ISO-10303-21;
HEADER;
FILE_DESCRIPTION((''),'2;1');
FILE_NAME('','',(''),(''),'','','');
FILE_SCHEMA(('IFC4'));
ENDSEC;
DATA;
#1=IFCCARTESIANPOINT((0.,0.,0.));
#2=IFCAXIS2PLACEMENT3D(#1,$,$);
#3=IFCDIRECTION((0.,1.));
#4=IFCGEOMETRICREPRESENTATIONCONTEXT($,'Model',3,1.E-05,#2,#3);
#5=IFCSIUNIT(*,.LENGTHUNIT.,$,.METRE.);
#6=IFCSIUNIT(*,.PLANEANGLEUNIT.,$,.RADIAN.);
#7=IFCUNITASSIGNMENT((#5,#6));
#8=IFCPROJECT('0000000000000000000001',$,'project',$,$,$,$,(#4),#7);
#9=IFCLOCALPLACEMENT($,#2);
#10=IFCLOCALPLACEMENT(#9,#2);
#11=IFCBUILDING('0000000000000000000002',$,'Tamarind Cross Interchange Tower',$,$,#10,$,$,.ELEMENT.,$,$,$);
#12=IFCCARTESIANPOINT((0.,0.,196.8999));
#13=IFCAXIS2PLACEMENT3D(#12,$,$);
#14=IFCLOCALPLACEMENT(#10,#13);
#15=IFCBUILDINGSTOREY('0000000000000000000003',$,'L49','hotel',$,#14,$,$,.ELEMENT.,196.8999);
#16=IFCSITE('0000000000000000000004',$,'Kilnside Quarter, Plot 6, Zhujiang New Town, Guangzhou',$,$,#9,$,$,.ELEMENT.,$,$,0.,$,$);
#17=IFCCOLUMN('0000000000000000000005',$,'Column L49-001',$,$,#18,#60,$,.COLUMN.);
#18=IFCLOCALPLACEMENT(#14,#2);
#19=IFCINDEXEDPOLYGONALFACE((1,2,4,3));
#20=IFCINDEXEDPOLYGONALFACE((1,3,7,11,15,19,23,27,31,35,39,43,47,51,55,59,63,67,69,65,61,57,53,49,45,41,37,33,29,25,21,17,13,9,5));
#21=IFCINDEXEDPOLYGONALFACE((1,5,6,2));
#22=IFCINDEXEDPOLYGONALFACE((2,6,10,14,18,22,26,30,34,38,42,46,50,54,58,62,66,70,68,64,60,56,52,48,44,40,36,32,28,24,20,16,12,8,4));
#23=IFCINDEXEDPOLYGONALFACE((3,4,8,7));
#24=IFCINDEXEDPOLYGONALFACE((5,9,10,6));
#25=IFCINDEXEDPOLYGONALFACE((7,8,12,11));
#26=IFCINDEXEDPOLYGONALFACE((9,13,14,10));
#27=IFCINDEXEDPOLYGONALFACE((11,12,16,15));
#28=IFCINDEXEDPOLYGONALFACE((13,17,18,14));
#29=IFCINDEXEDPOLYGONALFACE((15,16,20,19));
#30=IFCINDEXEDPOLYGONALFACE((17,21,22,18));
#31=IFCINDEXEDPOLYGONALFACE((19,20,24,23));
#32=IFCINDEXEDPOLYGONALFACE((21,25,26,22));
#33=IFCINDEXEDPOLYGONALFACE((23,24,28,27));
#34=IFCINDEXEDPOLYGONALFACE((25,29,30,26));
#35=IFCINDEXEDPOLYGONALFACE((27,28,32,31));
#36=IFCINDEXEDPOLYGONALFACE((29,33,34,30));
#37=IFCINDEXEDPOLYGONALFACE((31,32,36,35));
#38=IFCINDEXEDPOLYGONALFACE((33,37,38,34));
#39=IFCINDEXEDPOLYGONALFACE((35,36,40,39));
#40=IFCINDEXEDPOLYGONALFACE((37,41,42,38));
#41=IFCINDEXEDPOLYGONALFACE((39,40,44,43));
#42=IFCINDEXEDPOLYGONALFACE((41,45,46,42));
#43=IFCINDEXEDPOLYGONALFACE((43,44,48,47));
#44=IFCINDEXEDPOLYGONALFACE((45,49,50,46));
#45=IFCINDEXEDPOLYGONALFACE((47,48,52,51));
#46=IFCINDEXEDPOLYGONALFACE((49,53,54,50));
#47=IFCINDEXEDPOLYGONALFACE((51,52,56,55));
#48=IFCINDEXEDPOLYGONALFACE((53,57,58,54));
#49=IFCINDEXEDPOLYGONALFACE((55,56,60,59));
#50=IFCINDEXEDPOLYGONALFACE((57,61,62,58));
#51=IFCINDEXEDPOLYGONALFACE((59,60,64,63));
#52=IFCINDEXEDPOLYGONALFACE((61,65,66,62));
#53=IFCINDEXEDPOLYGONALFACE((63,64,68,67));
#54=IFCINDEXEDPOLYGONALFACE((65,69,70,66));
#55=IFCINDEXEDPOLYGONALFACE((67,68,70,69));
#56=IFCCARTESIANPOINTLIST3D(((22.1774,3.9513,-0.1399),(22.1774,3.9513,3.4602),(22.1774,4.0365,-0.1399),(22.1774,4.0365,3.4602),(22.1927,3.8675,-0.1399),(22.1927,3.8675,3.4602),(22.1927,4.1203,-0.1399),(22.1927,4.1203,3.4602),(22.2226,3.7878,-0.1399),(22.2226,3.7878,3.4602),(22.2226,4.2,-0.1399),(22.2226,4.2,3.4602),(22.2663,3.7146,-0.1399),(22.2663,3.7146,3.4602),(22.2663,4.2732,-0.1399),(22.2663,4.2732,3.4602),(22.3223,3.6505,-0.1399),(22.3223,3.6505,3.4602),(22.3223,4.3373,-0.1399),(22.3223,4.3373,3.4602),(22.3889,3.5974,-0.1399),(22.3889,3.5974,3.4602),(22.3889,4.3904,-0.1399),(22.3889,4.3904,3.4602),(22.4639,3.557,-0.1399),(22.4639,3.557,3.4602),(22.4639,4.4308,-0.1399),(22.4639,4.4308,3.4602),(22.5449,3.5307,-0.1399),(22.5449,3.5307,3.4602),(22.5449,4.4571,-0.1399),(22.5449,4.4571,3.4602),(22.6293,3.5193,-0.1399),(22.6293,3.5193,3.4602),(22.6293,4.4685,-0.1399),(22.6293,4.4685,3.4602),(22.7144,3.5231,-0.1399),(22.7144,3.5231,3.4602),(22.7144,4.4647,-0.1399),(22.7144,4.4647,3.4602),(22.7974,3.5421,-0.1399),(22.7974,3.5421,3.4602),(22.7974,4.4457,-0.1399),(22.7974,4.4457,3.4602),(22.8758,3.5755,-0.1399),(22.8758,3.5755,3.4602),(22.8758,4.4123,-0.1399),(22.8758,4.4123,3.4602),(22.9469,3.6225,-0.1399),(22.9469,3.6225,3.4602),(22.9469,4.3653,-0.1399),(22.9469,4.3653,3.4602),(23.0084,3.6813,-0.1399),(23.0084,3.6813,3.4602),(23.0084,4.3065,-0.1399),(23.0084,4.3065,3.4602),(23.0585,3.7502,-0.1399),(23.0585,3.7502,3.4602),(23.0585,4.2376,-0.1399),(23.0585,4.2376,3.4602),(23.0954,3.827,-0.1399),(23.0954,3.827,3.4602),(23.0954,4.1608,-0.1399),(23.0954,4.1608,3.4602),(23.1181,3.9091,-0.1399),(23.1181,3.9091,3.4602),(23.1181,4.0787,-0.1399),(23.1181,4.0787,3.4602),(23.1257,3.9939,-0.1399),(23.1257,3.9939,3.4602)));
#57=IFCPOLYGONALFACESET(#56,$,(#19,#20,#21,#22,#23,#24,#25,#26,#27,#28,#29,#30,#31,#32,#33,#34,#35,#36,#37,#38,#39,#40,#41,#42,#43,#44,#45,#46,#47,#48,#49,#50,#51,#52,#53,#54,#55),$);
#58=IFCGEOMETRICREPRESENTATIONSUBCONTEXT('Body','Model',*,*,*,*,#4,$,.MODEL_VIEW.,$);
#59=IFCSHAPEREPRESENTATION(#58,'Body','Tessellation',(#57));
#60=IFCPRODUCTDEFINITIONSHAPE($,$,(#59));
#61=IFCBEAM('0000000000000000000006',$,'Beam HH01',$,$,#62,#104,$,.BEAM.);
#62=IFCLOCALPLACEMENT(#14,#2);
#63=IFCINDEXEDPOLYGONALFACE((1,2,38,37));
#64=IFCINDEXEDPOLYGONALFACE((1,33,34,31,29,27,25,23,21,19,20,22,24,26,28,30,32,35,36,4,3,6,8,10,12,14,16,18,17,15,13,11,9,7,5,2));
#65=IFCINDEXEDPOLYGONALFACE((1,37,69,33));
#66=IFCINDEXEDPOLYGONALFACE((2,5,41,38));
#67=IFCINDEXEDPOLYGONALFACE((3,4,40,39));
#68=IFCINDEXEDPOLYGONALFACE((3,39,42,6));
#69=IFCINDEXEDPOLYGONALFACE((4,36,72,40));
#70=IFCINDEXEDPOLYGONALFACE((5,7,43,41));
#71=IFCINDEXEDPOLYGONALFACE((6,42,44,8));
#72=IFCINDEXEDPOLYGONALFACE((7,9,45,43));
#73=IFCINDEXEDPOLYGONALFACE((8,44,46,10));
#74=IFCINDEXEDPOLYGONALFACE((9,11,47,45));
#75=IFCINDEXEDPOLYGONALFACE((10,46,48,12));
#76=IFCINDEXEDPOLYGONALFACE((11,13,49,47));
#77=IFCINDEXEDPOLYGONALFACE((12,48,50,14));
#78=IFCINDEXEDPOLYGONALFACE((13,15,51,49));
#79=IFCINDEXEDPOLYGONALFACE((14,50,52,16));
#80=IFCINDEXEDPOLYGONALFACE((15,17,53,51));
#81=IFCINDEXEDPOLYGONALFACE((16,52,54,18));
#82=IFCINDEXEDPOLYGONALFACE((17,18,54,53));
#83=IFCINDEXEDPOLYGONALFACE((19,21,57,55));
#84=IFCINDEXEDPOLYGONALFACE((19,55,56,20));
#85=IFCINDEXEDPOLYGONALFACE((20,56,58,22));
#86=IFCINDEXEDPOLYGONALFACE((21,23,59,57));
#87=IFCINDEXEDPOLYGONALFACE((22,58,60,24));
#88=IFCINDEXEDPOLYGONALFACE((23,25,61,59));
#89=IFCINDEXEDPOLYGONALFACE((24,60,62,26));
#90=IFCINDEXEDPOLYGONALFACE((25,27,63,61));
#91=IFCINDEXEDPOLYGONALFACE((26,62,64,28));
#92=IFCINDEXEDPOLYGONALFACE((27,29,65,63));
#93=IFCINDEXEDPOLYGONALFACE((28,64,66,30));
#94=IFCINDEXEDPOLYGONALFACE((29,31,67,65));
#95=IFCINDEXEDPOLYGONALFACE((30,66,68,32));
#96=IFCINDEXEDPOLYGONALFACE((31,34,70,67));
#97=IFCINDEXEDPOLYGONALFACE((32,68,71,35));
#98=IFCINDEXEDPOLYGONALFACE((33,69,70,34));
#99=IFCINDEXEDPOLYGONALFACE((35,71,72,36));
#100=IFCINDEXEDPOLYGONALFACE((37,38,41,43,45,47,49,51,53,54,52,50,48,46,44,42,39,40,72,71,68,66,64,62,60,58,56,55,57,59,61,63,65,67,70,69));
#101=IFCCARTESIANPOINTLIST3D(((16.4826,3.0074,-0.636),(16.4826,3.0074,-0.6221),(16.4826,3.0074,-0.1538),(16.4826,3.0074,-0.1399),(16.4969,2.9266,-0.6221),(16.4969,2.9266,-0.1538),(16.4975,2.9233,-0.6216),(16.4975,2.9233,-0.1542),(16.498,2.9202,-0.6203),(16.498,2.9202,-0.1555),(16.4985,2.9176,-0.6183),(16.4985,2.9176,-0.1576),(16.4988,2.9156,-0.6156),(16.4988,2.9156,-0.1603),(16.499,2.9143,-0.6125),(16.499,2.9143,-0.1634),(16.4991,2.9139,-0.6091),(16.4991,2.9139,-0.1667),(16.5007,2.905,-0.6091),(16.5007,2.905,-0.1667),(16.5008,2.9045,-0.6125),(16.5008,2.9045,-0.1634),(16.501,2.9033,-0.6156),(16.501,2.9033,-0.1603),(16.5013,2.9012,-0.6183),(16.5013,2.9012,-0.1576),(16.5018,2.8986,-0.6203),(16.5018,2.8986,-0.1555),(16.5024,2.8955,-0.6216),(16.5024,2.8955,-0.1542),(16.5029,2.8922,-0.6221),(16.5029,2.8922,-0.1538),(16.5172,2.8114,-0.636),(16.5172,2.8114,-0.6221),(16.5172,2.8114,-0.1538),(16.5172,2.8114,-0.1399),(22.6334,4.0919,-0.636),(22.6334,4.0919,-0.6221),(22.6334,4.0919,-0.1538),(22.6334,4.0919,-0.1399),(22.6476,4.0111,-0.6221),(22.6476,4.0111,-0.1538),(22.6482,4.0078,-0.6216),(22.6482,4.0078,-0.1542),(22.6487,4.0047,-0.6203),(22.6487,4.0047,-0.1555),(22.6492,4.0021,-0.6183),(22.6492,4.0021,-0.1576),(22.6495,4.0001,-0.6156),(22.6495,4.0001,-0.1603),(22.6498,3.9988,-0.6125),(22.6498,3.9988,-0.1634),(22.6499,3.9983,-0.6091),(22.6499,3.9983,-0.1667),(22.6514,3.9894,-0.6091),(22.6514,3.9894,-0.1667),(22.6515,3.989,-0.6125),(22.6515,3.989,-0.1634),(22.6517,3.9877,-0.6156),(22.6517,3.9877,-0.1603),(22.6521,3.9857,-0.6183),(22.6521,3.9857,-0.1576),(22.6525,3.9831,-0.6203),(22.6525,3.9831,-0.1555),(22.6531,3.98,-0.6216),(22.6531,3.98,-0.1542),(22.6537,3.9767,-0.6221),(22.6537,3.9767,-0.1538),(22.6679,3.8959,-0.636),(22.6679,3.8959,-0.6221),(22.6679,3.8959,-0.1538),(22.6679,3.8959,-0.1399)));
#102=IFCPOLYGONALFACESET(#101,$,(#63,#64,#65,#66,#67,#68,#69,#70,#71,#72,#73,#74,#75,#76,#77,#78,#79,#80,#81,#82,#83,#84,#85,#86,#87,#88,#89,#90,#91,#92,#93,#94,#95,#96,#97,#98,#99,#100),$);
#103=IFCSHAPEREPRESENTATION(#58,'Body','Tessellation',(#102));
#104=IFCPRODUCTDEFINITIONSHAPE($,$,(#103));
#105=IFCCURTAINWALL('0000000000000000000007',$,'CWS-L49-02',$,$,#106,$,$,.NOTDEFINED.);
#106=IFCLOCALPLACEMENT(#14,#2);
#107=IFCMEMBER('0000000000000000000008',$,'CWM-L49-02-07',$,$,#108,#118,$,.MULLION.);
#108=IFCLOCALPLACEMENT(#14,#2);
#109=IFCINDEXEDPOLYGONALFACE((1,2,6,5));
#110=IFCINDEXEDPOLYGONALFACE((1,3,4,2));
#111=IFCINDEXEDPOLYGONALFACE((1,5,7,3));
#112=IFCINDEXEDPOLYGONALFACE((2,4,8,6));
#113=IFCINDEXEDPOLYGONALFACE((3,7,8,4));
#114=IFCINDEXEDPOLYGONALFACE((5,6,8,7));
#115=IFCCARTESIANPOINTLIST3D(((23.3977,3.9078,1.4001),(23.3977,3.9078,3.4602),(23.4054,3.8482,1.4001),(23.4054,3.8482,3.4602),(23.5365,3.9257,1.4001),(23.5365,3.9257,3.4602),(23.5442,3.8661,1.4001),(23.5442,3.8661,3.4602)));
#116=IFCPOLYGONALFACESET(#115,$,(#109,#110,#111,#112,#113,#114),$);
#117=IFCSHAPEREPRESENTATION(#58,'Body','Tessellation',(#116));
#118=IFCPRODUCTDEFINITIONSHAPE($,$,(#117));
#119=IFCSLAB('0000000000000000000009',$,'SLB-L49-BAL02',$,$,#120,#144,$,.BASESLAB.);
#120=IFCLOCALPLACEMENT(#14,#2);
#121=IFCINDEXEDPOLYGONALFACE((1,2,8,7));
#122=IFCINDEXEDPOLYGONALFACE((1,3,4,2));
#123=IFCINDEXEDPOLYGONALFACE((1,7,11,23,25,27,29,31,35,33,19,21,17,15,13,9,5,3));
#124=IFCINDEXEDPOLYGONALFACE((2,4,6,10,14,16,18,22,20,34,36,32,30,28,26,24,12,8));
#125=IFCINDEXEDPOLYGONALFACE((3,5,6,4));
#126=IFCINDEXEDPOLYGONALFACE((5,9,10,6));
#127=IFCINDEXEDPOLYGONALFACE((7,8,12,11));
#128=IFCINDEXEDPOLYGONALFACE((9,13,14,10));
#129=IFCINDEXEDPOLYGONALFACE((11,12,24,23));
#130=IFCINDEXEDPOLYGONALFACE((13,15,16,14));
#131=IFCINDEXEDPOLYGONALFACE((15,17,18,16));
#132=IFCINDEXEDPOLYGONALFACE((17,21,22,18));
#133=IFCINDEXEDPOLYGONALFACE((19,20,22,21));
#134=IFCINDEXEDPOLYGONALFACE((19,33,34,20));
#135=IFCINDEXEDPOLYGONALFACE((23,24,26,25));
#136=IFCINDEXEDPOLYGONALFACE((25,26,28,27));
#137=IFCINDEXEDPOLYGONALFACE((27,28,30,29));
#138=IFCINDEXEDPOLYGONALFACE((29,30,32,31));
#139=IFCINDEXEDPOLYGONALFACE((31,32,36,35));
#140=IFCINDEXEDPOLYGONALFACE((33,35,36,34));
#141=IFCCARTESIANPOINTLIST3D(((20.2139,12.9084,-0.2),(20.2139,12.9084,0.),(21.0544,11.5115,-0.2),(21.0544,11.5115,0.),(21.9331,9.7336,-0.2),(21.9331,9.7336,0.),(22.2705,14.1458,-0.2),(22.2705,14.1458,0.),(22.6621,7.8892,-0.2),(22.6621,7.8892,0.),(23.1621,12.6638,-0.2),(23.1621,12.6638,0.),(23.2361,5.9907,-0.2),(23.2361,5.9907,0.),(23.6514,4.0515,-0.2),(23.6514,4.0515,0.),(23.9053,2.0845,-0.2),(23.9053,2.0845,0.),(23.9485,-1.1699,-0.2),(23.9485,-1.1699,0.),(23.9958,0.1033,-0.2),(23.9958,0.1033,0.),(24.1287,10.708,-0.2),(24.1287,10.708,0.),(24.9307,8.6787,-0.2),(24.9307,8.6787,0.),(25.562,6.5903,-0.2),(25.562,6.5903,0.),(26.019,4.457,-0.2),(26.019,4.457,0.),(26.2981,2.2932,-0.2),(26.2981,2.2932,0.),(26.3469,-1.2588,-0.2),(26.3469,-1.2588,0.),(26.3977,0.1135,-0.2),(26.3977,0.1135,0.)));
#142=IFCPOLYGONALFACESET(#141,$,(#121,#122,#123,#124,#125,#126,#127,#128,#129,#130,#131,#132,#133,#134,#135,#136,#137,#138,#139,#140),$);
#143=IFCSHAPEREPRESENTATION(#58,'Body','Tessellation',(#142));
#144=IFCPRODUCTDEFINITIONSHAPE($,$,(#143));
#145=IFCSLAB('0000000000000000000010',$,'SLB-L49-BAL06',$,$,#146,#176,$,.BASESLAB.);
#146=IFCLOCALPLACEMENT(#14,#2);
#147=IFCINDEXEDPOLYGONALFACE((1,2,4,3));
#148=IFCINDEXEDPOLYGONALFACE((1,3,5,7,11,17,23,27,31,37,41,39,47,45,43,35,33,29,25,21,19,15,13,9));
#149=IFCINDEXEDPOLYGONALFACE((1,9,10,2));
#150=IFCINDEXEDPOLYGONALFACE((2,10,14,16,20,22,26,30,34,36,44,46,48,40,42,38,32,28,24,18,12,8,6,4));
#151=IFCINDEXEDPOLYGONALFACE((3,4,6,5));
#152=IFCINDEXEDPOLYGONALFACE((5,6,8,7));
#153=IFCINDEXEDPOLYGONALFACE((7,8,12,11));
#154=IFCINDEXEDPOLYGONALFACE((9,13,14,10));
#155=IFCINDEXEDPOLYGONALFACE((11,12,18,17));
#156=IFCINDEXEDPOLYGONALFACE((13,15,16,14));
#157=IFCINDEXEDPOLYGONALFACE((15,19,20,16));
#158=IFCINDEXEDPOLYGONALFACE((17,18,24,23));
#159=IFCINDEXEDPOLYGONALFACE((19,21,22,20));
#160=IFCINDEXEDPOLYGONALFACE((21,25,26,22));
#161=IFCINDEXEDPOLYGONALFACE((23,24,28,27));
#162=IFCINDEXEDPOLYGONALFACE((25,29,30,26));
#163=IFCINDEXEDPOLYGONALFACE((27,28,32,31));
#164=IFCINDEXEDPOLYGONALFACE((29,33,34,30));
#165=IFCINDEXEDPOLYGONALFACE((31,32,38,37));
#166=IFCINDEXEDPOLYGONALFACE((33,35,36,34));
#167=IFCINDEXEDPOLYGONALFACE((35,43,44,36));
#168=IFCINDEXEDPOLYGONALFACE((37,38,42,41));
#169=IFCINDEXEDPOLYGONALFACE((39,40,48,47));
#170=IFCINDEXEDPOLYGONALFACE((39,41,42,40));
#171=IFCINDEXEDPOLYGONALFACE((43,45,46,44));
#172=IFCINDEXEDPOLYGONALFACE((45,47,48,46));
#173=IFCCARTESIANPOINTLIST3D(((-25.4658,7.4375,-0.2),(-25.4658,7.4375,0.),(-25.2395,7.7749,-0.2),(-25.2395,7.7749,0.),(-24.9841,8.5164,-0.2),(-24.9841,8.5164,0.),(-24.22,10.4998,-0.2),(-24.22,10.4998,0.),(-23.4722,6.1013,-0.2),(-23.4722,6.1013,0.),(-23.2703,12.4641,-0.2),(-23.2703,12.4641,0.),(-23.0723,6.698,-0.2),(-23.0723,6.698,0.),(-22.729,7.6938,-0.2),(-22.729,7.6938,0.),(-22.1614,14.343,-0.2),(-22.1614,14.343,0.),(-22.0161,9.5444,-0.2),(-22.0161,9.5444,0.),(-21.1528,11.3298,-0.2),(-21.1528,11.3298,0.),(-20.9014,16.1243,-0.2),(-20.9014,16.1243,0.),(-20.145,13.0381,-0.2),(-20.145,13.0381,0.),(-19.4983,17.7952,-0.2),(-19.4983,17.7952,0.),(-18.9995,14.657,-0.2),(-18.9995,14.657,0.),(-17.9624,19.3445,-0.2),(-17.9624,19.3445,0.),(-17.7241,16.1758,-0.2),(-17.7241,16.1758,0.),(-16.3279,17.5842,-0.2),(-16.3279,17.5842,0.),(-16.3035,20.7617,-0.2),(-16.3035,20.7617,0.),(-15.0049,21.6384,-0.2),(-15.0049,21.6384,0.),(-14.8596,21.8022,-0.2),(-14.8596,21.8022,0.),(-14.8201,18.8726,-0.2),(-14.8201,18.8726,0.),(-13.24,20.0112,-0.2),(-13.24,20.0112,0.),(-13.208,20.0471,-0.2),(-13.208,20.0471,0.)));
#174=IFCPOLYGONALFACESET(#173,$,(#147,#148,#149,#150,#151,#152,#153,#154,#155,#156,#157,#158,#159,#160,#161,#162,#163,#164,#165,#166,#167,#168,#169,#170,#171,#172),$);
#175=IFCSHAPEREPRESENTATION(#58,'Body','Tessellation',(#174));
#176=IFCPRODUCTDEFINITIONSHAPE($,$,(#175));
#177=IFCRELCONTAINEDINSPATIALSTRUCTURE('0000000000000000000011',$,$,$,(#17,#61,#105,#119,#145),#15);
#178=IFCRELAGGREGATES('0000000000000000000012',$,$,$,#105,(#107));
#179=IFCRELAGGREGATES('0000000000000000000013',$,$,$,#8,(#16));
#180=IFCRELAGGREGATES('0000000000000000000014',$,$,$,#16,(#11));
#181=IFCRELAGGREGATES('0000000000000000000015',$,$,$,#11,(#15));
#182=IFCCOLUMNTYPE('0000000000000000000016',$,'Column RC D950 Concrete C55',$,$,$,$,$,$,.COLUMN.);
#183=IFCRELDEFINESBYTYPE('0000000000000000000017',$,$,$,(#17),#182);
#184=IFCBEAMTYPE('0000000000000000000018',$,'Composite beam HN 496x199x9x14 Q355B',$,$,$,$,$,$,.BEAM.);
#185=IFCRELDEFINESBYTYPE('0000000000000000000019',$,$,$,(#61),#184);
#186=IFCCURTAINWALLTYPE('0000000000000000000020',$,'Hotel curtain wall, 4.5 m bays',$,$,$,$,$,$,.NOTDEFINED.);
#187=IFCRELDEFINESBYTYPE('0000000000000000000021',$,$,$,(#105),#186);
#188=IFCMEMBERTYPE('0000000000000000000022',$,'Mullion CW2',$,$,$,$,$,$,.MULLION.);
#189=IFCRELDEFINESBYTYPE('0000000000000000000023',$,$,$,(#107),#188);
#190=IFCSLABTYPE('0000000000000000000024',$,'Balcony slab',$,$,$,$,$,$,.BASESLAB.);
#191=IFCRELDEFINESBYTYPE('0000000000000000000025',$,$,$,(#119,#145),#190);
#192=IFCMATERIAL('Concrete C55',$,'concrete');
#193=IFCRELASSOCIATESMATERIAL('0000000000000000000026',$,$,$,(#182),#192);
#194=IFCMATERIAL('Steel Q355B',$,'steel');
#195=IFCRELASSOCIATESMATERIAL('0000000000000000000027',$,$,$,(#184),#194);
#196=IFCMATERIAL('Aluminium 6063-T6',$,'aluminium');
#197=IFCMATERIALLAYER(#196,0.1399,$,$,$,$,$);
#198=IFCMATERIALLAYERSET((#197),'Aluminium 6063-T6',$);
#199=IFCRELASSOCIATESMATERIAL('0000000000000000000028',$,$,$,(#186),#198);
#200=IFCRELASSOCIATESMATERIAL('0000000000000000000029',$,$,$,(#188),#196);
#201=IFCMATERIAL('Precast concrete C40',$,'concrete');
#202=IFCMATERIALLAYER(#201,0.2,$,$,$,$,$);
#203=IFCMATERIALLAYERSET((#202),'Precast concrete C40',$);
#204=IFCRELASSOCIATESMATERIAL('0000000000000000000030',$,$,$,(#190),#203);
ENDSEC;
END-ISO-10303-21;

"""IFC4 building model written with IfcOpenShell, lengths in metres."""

from ifc_helpers import new_model, si_unit, direction, frame, origin, origin_2d, place, context, subcontext, project, spatial, polyline, rectangle, circle, i_section, outline, extrude, material, layer, layer_set, material_profile, profile_set, type_object, element, aggregate, save


model = new_model("IFC4")

# Units and contexts
model_context = context("Model", 3, precision=1e-05, world=origin(), true_north=direction((0.0, 1.0)))
body_context = subcontext(model_context, "Body", "Model", "MODEL_VIEW")
ifc_project = project(units=[si_unit("LENGTHUNIT", "METRE"), si_unit("PLANEANGLEUNIT", "RADIAN")], contexts=[model_context])

# Site, building, storey
site_placement = place(None, origin())
site = spatial("IfcSite", under=ifc_project, at=site_placement, Name="Kilnside Quarter, Plot 6, Zhujiang New Town, Guangzhou", CompositionType="ELEMENT", RefElevation=0.0)
building_placement = place(site_placement, origin())
building = spatial("IfcBuilding", under=site, at=building_placement, Name="Tamarind Cross Interchange Tower", CompositionType="ELEMENT")
storey_placement = place(building_placement, frame((0.0, 0.0, 196.8999)))
storey = spatial("IfcBuildingStorey", under=building, at=storey_placement, Name="L49", Description="hotel", CompositionType="ELEMENT", Elevation=196.8999)

# Column
ifc_material_1 = material(Name="Concrete C55", Category="concrete")
ifc_material_profile_1 = material_profile(ifc_material_1, circle(Radius=0.4751, at=origin_2d()), Name="RC D950")
ifc_profile_set_1 = profile_set([ifc_material_profile_1], Name="Concrete C55")
column_type = type_object("IfcColumnType", Name="Column RC D950 Concrete C55", PredefinedType="COLUMN", material=ifc_profile_set_1)
column_placement = place(storey_placement, frame((22.6506, 3.9939, -0.1399), z_axis=(0.0, 0.0, 1.0), x_axis=(1.0, 0.0, 0.0)))
element("IfcColumn", 1, at=column_placement, inside=storey, type_object=column_type, Name="Column L49-001", PredefinedType="COLUMN", context=body_context, shape_type="SweptSolid", body=[
    extrude(circle(Radius=0.4751, at=origin_2d()), origin(), (0.0, 0.0, 1.0), 3.6001),
])

# Beam
ifc_material_2 = material(Name="Steel Q355B", Category="steel")
ifc_material_profile_2 = material_profile(ifc_material_2, i_section(OverallWidth=0.199, OverallDepth=0.4961, WebThickness=0.009, FlangeThickness=0.0139, FilletRadius=0.0129, at=origin_2d()), Name="HN 496x199x9x14")
ifc_profile_set_2 = profile_set([ifc_material_profile_2], Name="Steel Q355B")
beam_type = type_object("IfcBeamType", Name="Composite beam HN 496x199x9x14 Q355B", PredefinedType="BEAM", material=ifc_profile_set_2)
beam_placement = place(storey_placement, frame((22.6506, 3.9939, -0.3879), z_axis=(-0.984809, -0.17364, 0.0), x_axis=(0.17364, -0.984809, 0.0)))
element("IfcBeam", 2, at=beam_placement, inside=storey, type_object=beam_type, Name="Beam HH01", PredefinedType="BEAM", context=body_context, shape_type="SweptSolid", body=[
    extrude(i_section(OverallWidth=0.199, OverallDepth=0.4961, WebThickness=0.009, FlangeThickness=0.0139, FilletRadius=0.0129, at=origin_2d()), origin(), (0.0, 0.0, 1.0), 6.2456),
])

# Curtain wall, member
ifc_material_3 = material(Name="Aluminium 6063-T6", Category="aluminium")
ifc_layer_1 = layer(ifc_material_3, 0.1399)
ifc_layer_set_1 = layer_set([ifc_layer_1], Name="Aluminium 6063-T6")
curtain_wall_type = type_object("IfcCurtainWallType", Name="Hotel curtain wall, 4.5 m bays", PredefinedType="NOTDEFINED", material=ifc_layer_set_1)
curtain_wall_placement = place(storey_placement, origin())
curtain_wall = element("IfcCurtainWall", 3, at=curtain_wall_placement, inside=storey, type_object=curtain_wall_type, Name="CWS-L49-02", PredefinedType="NOTDEFINED")
ifc_material_profile_3 = material_profile(ifc_material_3, rectangle(XDim=0.0601, YDim=0.1399, at=origin_2d()), Name="Mullion CW2")
ifc_profile_set_3 = profile_set([ifc_material_profile_3], Name="Aluminium 6063-T6")
member_type = type_object("IfcMemberType", Name="Mullion CW2", PredefinedType="MULLION", material=ifc_profile_set_3)
member_placement = place(storey_placement, frame((23.4709, 3.887, 1.4001), z_axis=(0.0, 0.0, 1.0), x_axis=(-0.127962, 0.991779, 0.0)))
member = element("IfcMember", 4, at=member_placement, type_object=member_type, Name="CWM-L49-02-07", PredefinedType="MULLION", context=body_context, shape_type="SweptSolid", body=[
    extrude(rectangle(XDim=0.0601, YDim=0.1399, at=origin_2d()), origin(), (0.0, 0.0, 1.0), 2.0601),
])
aggregate(curtain_wall, [member])

# Slabs
ifc_material_4 = material(Name="Precast concrete C40", Category="concrete")
ifc_layer_2 = layer(ifc_material_4, 0.2)
ifc_layer_set_2 = layer_set([ifc_layer_2], Name="Precast concrete C40")
slab_type_1 = type_object("IfcSlabType", Name="Balcony slab", PredefinedType="BASESLAB", material=ifc_layer_set_2)
slab_1_placement = place(storey_placement, frame((0.0, 0.0, -0.2)))
element("IfcSlab", 5, at=slab_1_placement, inside=storey, type_object=slab_type_1, Name="SLB-L49-BAL02", PredefinedType="BASESLAB", context=body_context, shape_type="SweptSolid", body=[
    extrude(outline(polyline([(23.9485, -1.1699), (23.9958, 0.1033), (23.9053, 2.0845), (23.6514, 4.0515), (23.2361, 5.9907), (22.6621, 7.8892), (21.9331, 9.7336), (21.0544, 11.5115), (20.2139, 12.9084), (22.2705, 14.1458), (23.1621, 12.6638), (24.1287, 10.708), (24.9307, 8.6787), (25.562, 6.5903), (26.019, 4.457), (26.2981, 2.2932), (26.3977, 0.1135), (26.3469, -1.2588), (23.9485, -1.1699)])), origin(), (0.0, 0.0, 1.0), 0.2),
])
slab_2_placement = place(storey_placement, frame((0.0, 0.0, -0.2)))
element("IfcSlab", 6, at=slab_2_placement, inside=storey, type_object=slab_type_1, Name="SLB-L49-BAL06", PredefinedType="BASESLAB", context=body_context, shape_type="SweptSolid", body=[
    extrude(outline(polyline([(-13.208, 20.0471), (-13.24, 20.0112), (-14.8201, 18.8726), (-16.3279, 17.5842), (-17.7241, 16.1758), (-18.9995, 14.657), (-20.145, 13.0381), (-21.1528, 11.3298), (-22.0161, 9.5444), (-22.729, 7.6938), (-23.0723, 6.698), (-23.4722, 6.1013), (-25.4658, 7.4375), (-25.2395, 7.7749), (-24.9841, 8.5164), (-24.22, 10.4998), (-23.2703, 12.4641), (-22.1614, 14.343), (-20.9014, 16.1243), (-19.4983, 17.7952), (-17.9624, 19.3445), (-16.3035, 20.7617), (-14.8596, 21.8022), (-15.0049, 21.6384), (-13.208, 20.0471)])), origin(), (0.0, 0.0, 1.0), 0.2),
])

save(model, "model.ifc")
